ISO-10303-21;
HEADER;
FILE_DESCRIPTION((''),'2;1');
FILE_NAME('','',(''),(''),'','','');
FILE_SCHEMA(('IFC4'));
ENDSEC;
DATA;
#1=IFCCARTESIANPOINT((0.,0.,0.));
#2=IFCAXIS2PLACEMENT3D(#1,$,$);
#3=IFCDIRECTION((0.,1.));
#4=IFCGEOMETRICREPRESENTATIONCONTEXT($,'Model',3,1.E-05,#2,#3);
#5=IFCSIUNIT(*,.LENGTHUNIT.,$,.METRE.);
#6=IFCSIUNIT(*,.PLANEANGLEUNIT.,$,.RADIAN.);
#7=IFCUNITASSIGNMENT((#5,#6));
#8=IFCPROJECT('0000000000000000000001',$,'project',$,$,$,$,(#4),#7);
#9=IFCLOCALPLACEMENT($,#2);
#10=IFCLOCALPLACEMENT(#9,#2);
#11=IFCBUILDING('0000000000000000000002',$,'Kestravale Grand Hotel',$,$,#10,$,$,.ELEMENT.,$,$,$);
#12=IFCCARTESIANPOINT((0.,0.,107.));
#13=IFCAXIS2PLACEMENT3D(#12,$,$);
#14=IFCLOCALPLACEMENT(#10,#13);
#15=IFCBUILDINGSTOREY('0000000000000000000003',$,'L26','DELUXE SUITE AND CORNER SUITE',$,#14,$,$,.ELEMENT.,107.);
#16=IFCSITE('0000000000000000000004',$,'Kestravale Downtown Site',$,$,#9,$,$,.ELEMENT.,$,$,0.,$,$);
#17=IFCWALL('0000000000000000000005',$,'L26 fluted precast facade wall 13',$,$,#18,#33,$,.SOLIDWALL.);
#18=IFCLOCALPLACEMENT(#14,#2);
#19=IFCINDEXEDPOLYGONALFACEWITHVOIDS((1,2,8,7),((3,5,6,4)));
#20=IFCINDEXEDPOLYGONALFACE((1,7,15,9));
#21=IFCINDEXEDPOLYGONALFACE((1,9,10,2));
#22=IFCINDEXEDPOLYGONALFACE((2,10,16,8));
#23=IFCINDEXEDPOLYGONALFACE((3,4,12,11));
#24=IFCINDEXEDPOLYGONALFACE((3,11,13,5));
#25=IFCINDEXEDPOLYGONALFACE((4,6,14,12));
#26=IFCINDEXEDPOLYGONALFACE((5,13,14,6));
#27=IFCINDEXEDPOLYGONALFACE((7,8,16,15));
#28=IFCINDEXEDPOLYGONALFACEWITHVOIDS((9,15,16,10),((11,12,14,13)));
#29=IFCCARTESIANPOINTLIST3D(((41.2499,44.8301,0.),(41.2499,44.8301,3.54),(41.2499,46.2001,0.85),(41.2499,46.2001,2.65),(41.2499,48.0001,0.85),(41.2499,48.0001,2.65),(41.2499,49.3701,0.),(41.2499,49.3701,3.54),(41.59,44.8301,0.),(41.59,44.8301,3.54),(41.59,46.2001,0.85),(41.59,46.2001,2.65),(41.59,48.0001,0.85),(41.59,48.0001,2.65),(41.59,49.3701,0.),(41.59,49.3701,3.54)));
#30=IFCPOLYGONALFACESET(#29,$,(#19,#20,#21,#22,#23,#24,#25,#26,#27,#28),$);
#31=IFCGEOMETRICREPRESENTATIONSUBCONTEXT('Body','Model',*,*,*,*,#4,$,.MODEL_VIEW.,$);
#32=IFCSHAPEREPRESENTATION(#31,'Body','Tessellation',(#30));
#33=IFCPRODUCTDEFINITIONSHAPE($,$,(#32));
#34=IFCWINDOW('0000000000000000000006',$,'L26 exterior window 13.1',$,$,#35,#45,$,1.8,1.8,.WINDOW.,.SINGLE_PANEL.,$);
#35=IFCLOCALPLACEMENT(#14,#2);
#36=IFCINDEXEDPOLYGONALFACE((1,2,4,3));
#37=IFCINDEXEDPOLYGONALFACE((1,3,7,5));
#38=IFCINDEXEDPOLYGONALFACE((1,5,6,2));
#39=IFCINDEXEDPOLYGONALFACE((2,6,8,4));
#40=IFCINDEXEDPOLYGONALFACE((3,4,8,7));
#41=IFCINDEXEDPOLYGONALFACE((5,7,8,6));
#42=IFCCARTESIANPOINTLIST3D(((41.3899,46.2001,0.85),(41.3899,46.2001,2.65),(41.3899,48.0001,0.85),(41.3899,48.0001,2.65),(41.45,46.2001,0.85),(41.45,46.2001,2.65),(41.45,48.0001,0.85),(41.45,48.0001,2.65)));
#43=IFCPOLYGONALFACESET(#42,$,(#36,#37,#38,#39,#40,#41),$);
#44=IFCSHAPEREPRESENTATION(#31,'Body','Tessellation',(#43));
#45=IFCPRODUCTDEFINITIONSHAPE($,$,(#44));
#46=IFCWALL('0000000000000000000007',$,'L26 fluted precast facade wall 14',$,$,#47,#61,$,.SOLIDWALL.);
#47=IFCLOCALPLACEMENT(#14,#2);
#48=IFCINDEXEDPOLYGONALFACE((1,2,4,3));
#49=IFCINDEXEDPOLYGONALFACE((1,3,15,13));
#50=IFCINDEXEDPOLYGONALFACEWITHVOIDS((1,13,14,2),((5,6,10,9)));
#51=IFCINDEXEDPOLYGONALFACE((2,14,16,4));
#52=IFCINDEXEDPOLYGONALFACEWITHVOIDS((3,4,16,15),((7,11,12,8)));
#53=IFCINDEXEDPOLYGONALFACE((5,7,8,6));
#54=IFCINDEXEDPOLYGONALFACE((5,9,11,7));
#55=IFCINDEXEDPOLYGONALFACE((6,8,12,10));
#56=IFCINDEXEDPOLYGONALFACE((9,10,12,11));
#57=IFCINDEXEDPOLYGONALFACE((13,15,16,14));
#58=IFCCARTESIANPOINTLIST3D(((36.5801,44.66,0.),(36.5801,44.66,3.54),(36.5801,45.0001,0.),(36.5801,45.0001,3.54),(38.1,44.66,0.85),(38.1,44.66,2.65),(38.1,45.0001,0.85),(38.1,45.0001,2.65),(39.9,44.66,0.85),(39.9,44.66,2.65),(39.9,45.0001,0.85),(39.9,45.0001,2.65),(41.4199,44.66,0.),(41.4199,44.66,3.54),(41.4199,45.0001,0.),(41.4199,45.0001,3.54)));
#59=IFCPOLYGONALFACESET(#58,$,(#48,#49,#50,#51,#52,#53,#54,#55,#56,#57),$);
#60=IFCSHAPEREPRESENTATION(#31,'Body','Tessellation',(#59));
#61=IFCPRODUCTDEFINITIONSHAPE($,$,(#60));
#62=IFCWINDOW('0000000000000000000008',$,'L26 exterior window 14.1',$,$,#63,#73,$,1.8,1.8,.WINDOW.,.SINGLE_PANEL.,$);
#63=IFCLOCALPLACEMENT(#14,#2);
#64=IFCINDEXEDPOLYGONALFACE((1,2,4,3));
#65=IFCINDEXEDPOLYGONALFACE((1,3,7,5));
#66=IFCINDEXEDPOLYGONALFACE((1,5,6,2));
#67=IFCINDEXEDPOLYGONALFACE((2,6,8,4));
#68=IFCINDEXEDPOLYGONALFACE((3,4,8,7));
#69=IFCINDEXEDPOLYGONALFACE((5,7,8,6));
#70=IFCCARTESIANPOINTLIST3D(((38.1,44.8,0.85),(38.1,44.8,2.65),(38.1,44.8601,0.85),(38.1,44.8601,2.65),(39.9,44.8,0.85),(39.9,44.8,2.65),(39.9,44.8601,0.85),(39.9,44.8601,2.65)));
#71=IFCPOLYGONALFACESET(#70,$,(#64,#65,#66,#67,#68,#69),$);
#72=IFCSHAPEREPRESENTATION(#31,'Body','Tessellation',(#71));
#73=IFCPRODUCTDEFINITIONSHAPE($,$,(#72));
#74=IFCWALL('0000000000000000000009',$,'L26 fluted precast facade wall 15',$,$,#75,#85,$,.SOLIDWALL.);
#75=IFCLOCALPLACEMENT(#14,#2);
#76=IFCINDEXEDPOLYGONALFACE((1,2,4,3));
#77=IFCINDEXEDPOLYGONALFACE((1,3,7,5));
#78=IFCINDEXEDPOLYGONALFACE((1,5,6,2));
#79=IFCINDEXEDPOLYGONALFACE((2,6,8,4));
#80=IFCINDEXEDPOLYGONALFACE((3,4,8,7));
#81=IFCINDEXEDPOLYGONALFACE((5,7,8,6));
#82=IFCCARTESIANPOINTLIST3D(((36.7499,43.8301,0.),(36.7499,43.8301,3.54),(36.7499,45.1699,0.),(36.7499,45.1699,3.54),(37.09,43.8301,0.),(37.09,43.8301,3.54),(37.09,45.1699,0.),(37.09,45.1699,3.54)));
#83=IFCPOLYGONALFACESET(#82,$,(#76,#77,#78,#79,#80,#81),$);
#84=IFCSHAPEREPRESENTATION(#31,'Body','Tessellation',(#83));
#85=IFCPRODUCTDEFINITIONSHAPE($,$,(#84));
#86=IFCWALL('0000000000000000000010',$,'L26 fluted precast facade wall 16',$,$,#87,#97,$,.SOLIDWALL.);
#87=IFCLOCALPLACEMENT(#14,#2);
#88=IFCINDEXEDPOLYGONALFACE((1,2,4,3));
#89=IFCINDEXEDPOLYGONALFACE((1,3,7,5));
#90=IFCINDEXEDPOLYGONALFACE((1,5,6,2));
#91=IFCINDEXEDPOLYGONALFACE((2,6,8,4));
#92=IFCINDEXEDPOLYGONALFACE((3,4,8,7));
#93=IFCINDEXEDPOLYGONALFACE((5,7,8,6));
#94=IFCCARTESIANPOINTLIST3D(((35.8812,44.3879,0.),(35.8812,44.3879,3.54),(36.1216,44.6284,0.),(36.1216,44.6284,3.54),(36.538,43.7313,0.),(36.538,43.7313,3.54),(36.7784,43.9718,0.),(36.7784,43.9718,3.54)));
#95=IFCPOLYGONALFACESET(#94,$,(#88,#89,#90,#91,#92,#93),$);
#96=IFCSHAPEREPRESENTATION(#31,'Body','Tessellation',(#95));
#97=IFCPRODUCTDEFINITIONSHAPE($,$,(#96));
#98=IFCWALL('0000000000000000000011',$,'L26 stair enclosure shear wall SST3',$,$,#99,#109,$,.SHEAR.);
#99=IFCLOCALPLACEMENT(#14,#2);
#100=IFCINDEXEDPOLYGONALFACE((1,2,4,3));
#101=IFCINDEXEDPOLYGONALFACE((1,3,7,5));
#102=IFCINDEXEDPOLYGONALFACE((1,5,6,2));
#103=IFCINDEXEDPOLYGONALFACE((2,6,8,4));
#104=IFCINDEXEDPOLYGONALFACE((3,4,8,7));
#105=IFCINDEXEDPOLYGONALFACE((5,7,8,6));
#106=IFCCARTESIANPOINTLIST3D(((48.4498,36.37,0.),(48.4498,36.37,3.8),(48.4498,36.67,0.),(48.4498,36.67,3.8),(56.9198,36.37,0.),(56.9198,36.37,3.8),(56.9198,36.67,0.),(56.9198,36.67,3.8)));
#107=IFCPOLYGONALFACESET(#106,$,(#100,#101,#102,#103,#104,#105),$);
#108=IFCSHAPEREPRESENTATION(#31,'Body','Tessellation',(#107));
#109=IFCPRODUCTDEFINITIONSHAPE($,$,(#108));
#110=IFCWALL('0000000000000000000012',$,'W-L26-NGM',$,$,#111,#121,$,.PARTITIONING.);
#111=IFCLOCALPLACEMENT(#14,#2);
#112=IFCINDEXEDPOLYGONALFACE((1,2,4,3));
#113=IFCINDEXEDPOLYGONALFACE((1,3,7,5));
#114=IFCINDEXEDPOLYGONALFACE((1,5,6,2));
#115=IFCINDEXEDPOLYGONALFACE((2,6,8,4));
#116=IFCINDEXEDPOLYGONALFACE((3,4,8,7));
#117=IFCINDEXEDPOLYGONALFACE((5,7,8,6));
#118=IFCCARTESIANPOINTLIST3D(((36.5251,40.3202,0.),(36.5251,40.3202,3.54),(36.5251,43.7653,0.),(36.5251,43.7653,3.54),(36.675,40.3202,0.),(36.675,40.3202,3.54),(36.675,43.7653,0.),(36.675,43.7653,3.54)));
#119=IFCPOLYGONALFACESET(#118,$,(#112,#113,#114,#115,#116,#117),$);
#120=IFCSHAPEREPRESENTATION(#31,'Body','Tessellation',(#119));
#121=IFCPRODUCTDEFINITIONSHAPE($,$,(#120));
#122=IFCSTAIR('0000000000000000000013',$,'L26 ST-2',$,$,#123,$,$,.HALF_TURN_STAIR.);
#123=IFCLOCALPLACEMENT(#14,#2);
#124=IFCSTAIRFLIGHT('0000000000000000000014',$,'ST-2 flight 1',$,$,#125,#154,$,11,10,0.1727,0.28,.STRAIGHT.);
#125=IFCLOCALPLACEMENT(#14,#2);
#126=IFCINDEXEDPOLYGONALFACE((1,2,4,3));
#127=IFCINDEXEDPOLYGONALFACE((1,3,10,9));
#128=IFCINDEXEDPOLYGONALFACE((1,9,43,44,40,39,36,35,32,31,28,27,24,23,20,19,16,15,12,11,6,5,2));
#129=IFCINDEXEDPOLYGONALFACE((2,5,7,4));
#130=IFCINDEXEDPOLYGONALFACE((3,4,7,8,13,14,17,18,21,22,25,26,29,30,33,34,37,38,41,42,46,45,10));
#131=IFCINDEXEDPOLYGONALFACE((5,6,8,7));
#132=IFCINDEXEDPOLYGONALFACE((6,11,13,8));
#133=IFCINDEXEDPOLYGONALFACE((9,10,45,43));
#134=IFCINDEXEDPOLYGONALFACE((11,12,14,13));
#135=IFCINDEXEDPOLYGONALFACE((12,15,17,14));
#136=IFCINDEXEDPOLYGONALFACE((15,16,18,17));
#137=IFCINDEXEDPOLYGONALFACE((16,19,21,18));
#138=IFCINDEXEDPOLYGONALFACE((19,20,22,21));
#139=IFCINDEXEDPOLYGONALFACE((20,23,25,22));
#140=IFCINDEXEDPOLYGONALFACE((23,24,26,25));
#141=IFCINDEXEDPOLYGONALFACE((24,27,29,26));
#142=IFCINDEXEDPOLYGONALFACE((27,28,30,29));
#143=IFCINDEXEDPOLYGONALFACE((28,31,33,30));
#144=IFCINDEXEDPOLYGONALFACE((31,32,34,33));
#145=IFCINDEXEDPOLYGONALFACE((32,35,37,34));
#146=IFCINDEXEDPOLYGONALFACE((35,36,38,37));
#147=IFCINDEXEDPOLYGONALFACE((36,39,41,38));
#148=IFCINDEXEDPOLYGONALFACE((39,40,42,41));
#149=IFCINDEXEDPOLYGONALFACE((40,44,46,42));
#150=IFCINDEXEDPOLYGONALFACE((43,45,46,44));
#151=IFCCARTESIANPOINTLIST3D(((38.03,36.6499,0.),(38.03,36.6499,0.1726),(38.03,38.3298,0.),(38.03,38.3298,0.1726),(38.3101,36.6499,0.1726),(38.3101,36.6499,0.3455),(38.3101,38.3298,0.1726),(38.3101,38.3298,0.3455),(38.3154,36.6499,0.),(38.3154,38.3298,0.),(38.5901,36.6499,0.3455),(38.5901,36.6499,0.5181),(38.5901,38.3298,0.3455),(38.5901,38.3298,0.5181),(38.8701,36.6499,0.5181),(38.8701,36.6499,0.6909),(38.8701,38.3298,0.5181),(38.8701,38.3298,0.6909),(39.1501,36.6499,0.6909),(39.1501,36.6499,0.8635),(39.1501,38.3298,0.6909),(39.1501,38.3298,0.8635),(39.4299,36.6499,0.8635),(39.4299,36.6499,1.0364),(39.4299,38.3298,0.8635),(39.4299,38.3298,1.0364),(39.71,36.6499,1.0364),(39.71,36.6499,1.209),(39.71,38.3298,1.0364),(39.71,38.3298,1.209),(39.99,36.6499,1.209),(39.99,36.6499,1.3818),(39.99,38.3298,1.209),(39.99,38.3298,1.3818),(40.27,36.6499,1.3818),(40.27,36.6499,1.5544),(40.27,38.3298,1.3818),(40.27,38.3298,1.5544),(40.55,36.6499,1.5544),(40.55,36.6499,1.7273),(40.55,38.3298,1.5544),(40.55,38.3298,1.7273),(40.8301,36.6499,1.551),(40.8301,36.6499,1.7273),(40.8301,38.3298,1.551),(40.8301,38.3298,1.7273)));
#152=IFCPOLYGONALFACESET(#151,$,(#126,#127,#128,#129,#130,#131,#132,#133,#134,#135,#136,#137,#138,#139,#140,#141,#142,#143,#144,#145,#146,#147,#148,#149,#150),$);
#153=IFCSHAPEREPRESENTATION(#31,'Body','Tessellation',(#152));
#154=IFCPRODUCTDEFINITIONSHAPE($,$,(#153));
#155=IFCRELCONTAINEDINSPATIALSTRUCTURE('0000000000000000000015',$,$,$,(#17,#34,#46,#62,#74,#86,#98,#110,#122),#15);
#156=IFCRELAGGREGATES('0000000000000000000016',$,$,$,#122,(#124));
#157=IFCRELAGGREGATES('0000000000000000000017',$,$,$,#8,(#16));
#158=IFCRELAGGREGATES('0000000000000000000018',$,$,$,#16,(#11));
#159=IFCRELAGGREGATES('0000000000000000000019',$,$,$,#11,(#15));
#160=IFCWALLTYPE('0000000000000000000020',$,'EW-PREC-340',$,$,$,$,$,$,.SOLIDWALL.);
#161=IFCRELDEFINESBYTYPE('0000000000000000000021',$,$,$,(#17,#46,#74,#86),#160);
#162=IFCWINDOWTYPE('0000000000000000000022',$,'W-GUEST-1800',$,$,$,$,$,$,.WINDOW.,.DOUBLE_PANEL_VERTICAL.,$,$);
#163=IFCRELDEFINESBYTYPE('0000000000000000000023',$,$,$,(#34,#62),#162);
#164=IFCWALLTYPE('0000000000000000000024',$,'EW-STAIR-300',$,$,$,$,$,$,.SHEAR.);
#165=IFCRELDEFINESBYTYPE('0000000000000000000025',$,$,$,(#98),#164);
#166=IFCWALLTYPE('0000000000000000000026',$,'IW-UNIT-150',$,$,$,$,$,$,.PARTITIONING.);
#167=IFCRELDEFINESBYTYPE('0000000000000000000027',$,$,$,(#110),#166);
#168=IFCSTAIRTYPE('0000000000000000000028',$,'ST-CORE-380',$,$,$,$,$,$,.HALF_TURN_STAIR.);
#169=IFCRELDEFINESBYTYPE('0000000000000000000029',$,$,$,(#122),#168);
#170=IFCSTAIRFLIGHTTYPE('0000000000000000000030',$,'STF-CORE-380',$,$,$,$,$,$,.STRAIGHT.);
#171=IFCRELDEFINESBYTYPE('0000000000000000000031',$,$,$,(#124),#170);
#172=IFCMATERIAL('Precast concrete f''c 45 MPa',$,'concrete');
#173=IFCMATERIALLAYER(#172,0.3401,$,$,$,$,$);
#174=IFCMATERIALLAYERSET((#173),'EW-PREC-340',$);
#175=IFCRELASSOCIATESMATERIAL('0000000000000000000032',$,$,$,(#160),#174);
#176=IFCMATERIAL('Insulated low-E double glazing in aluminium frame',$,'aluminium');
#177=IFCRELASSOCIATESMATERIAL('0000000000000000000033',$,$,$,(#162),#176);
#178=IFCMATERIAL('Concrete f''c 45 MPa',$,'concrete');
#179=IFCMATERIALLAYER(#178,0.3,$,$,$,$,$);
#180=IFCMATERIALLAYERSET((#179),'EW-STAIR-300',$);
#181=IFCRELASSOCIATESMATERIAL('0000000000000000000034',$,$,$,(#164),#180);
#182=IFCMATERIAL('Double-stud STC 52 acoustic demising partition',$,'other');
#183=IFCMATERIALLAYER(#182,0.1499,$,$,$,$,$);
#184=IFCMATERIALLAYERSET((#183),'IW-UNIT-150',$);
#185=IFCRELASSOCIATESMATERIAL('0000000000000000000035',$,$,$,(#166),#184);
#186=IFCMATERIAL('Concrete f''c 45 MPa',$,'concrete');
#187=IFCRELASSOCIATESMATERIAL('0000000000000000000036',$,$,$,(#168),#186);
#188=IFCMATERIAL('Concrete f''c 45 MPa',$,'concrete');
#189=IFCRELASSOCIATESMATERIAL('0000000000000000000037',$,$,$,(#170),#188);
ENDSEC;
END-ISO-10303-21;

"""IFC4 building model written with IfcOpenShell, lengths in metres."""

from ifc_helpers import new_model, si_unit, direction, frame, frame_2d, origin, place, context, subcontext, project, spatial, polyline, rectangle, outline, extrude, material, layer, layer_set, type_object, element, fill, aggregate, save


model = new_model("IFC4")

# Units and contexts
model_context = context("Model", 3, precision=1e-05, world=origin(), true_north=direction((0.0, 1.0)))
body_context = subcontext(model_context, "Body", "Model", "MODEL_VIEW")
ifc_project = project(units=[si_unit("LENGTHUNIT", "METRE"), si_unit("PLANEANGLEUNIT", "RADIAN")], contexts=[model_context])

# Site, building, storey
site_placement = place(None, origin())
site = spatial("IfcSite", under=ifc_project, at=site_placement, Name="Kestravale Downtown Site", CompositionType="ELEMENT", RefElevation=0.0)
building_placement = place(site_placement, origin())
building = spatial("IfcBuilding", under=site, at=building_placement, Name="Kestravale Grand Hotel", CompositionType="ELEMENT")
storey_placement = place(building_placement, frame((0.0, 0.0, 107.0)))
storey = spatial("IfcBuildingStorey", under=building, at=storey_placement, Name="L26", Description="DELUXE SUITE AND CORNER SUITE", CompositionType="ELEMENT", Elevation=107.0)

# Shared definitions
ifc_material_1 = material(Name="Precast concrete f'c 45 MPa", Category="concrete")
ifc_layer_1 = layer(ifc_material_1, 0.3401)
ifc_layer_set_1 = layer_set([ifc_layer_1], Name="EW-PREC-340")
wall_type_1 = type_object("IfcWallType", Name="EW-PREC-340", PredefinedType="SOLIDWALL", material=ifc_layer_set_1)

# Walls, openings, windows
wall_1_placement = place(storey_placement, frame((41.4199, 49.3701, 0.0), z_axis=(0.0, 0.0, 1.0), x_axis=(0.0, -1.0, 0.0)))
wall_1 = element("IfcWall", 1, at=wall_1_placement, inside=storey, type_object=wall_type_1, Name="L26 fluted precast facade wall 13", PredefinedType="SOLIDWALL", context=body_context, shape_type="SweptSolid", body=[
    extrude(rectangle(XDim=4.54, YDim=0.3401, at=frame_2d((2.27, 0.0))), origin(), (0.0, 0.0, 1.0), 3.54),
])
opening_1_placement = place(wall_1_placement, frame((1.3701, 0.0, 0.8501)))
opening_1 = element("IfcOpeningElement", 2, at=opening_1_placement, cuts=wall_1, PredefinedType="OPENING", context=body_context, shape_type="SweptSolid", body=[
    extrude(rectangle(XDim=1.8, YDim=1.8, at=frame_2d((0.8999, 0.8999))), frame((0.0, 0.1799, 0.0), z_axis=(0.0, -1.0, 0.0), x_axis=(1.0, 0.0, 0.0)), (0.0, 0.0, 1.0), 0.3601),
])
ifc_material_2 = material(Name="Insulated low-E double glazing in aluminium frame", Category="aluminium")
window_type = type_object("IfcWindowType", Name="W-GUEST-1800", PartitioningType="DOUBLE_PANEL_VERTICAL", PredefinedType="WINDOW", material=ifc_material_2)
window_1_placement = place(opening_1_placement, origin())
window_1 = element("IfcWindow", 3, at=window_1_placement, inside=storey, type_object=window_type, Name="L26 exterior window 13.1", OverallHeight=1.8, OverallWidth=1.8, PartitioningType="SINGLE_PANEL", PredefinedType="WINDOW", context=body_context, shape_type="SweptSolid", body=[
    extrude(rectangle(XDim=1.8, YDim=1.8, at=frame_2d((0.8999, 0.8999))), frame((0.0, 0.03, 0.0), z_axis=(0.0, -1.0, 0.0), x_axis=(1.0, 0.0, 0.0)), (0.0, 0.0, 1.0), 0.0601),
])
fill(opening_1, window_1)
wall_2_placement = place(storey_placement, frame((41.4199, 44.8301, 0.0), z_axis=(0.0, 0.0, 1.0), x_axis=(-1.0, 0.0, 0.0)))
wall_2 = element("IfcWall", 4, at=wall_2_placement, inside=storey, type_object=wall_type_1, Name="L26 fluted precast facade wall 14", PredefinedType="SOLIDWALL", context=body_context, shape_type="SweptSolid", body=[
    extrude(rectangle(XDim=4.8398, YDim=0.3401, at=frame_2d((2.4199, 0.0))), origin(), (0.0, 0.0, 1.0), 3.54),
])
opening_2_placement = place(wall_2_placement, frame((1.52, 0.0, 0.8501)))
opening_2 = element("IfcOpeningElement", 5, at=opening_2_placement, cuts=wall_2, PredefinedType="OPENING", context=body_context, shape_type="SweptSolid", body=[
    extrude(rectangle(XDim=1.8, YDim=1.8, at=frame_2d((0.8999, 0.8999))), frame((0.0, 0.1799, 0.0), z_axis=(0.0, -1.0, 0.0), x_axis=(1.0, 0.0, 0.0)), (0.0, 0.0, 1.0), 0.3601),
])
window_2_placement = place(opening_2_placement, origin())
window_2 = element("IfcWindow", 6, at=window_2_placement, inside=storey, type_object=window_type, Name="L26 exterior window 14.1", OverallHeight=1.8, OverallWidth=1.8, PartitioningType="SINGLE_PANEL", PredefinedType="WINDOW", context=body_context, shape_type="SweptSolid", body=[
    extrude(rectangle(XDim=1.8, YDim=1.8, at=frame_2d((0.8999, 0.8999))), frame((0.0, 0.03, 0.0), z_axis=(0.0, -1.0, 0.0), x_axis=(1.0, 0.0, 0.0)), (0.0, 0.0, 1.0), 0.0601),
])
fill(opening_2, window_2)

# Walls
wall_3_placement = place(storey_placement, frame((36.9199, 45.1699, 0.0), z_axis=(0.0, 0.0, 1.0), x_axis=(0.0, -1.0, 0.0)))
element("IfcWall", 7, at=wall_3_placement, inside=storey, type_object=wall_type_1, Name="L26 fluted precast facade wall 15", PredefinedType="SOLIDWALL", context=body_context, shape_type="SweptSolid", body=[
    extrude(rectangle(XDim=1.3398, YDim=0.3401, at=frame_2d((0.6699, 0.0))), origin(), (0.0, 0.0, 1.0), 3.54),
])
wall_4_placement = place(storey_placement, frame((36.6582, 43.8516, 0.0), z_axis=(0.0, 0.0, 1.0), x_axis=(-0.707238, 0.706975, 0.0)))
element("IfcWall", 8, at=wall_4_placement, inside=storey, type_object=wall_type_1, Name="L26 fluted precast facade wall 16", PredefinedType="SOLIDWALL", context=body_context, shape_type="SweptSolid", body=[
    extrude(rectangle(XDim=0.9287, YDim=0.3401, at=frame_2d((0.4644, 0.0))), origin(), (0.0, 0.0, 1.0), 3.54),
])
ifc_material_3 = material(Name="Concrete f'c 45 MPa", Category="concrete")
ifc_layer_2 = layer(ifc_material_3, 0.3)
ifc_layer_set_2 = layer_set([ifc_layer_2], Name="EW-STAIR-300")
wall_type_2 = type_object("IfcWallType", Name="EW-STAIR-300", PredefinedType="SHEAR", material=ifc_layer_set_2)
wall_5_placement = place(storey_placement, frame((48.45, 36.52, 0.0), z_axis=(0.0, 0.0, 1.0), x_axis=(1.0, 0.0, 0.0)))
element("IfcWall", 9, at=wall_5_placement, inside=storey, type_object=wall_type_2, Name="L26 stair enclosure shear wall SST3", PredefinedType="SHEAR", context=body_context, shape_type="SweptSolid", body=[
    extrude(rectangle(XDim=8.47, YDim=0.3, at=frame_2d((4.2349, 0.0))), origin(), (0.0, 0.0, 1.0), 3.8),
])
ifc_material_4 = material(Name="Double-stud STC 52 acoustic demising partition", Category="other")
ifc_layer_3 = layer(ifc_material_4, 0.1499)
ifc_layer_set_3 = layer_set([ifc_layer_3], Name="IW-UNIT-150")
wall_type_3 = type_object("IfcWallType", Name="IW-UNIT-150", PredefinedType="PARTITIONING", material=ifc_layer_set_3)
wall_6_placement = place(storey_placement, frame((36.6001, 40.3201, 0.0), z_axis=(0.0, 0.0, 1.0), x_axis=(0.0, 1.0, 0.0)))
element("IfcWall", 10, at=wall_6_placement, inside=storey, type_object=wall_type_3, Name="W-L26-NGM", PredefinedType="PARTITIONING", context=body_context, shape_type="SweptSolid", body=[
    extrude(rectangle(XDim=3.4451, YDim=0.1499, at=frame_2d((1.7227, 0.0))), origin(), (0.0, 0.0, 1.0), 3.54),
])

# Stair, stair flight
ifc_material_5 = material(Name="Concrete f'c 45 MPa", Category="concrete")
stair_type = type_object("IfcStairType", Name="ST-CORE-380", PredefinedType="HALF_TURN_STAIR", material=ifc_material_5)
stair_placement = place(storey_placement, origin())
stair = element("IfcStair", 11, at=stair_placement, inside=storey, type_object=stair_type, Name="L26 ST-2", PredefinedType="HALF_TURN_STAIR")
ifc_material_6 = material(Name="Concrete f'c 45 MPa", Category="concrete")
stair_flight_type = type_object("IfcStairFlightType", Name="STF-CORE-380", PredefinedType="STRAIGHT", material=ifc_material_6)
stair_flight_1_placement = place(storey_placement, frame((38.03, 37.49, 0.0), z_axis=(0.0, 0.0, 1.0), x_axis=(1.0, 0.0, 0.0)))
stair_flight_1 = element("IfcStairFlight", 12, at=stair_flight_1_placement, type_object=stair_flight_type, Name="ST-2 flight 1", NumberOfRisers=11, NumberOfTreads=10, PredefinedType="STRAIGHT", RiserHeight=0.1727, TreadLength=0.28, context=body_context, shape_type="SweptSolid", body=[
    extrude(outline(polyline([(0.0, 0.0), (0.0, 0.1726), (0.28, 0.1726), (0.28, 0.3455), (0.5601, 0.3455), (0.5601, 0.5181), (0.8401, 0.5181), (0.8401, 0.6909), (1.1201, 0.6909), (1.1201, 0.8635), (1.3999, 0.8635), (1.3999, 1.0364), (1.6799, 1.0364), (1.6799, 1.209), (1.96, 1.209), (1.96, 1.3818), (2.24, 1.3818), (2.24, 1.5544), (2.52, 1.5544), (2.52, 1.7273), (2.8, 1.7273), (2.8, 1.8999), (2.8, 1.551), (0.2854, 0.0), (0.0, 0.0)])), frame((0.0, 0.8398, 0.0), z_axis=(0.0, -1.0, 0.0), x_axis=(1.0, 0.0, 0.0)), (0.0, 0.0, 1.0), 1.6799),
])
aggregate(stair, [stair_flight_1])

save(model, "model.ifc")
